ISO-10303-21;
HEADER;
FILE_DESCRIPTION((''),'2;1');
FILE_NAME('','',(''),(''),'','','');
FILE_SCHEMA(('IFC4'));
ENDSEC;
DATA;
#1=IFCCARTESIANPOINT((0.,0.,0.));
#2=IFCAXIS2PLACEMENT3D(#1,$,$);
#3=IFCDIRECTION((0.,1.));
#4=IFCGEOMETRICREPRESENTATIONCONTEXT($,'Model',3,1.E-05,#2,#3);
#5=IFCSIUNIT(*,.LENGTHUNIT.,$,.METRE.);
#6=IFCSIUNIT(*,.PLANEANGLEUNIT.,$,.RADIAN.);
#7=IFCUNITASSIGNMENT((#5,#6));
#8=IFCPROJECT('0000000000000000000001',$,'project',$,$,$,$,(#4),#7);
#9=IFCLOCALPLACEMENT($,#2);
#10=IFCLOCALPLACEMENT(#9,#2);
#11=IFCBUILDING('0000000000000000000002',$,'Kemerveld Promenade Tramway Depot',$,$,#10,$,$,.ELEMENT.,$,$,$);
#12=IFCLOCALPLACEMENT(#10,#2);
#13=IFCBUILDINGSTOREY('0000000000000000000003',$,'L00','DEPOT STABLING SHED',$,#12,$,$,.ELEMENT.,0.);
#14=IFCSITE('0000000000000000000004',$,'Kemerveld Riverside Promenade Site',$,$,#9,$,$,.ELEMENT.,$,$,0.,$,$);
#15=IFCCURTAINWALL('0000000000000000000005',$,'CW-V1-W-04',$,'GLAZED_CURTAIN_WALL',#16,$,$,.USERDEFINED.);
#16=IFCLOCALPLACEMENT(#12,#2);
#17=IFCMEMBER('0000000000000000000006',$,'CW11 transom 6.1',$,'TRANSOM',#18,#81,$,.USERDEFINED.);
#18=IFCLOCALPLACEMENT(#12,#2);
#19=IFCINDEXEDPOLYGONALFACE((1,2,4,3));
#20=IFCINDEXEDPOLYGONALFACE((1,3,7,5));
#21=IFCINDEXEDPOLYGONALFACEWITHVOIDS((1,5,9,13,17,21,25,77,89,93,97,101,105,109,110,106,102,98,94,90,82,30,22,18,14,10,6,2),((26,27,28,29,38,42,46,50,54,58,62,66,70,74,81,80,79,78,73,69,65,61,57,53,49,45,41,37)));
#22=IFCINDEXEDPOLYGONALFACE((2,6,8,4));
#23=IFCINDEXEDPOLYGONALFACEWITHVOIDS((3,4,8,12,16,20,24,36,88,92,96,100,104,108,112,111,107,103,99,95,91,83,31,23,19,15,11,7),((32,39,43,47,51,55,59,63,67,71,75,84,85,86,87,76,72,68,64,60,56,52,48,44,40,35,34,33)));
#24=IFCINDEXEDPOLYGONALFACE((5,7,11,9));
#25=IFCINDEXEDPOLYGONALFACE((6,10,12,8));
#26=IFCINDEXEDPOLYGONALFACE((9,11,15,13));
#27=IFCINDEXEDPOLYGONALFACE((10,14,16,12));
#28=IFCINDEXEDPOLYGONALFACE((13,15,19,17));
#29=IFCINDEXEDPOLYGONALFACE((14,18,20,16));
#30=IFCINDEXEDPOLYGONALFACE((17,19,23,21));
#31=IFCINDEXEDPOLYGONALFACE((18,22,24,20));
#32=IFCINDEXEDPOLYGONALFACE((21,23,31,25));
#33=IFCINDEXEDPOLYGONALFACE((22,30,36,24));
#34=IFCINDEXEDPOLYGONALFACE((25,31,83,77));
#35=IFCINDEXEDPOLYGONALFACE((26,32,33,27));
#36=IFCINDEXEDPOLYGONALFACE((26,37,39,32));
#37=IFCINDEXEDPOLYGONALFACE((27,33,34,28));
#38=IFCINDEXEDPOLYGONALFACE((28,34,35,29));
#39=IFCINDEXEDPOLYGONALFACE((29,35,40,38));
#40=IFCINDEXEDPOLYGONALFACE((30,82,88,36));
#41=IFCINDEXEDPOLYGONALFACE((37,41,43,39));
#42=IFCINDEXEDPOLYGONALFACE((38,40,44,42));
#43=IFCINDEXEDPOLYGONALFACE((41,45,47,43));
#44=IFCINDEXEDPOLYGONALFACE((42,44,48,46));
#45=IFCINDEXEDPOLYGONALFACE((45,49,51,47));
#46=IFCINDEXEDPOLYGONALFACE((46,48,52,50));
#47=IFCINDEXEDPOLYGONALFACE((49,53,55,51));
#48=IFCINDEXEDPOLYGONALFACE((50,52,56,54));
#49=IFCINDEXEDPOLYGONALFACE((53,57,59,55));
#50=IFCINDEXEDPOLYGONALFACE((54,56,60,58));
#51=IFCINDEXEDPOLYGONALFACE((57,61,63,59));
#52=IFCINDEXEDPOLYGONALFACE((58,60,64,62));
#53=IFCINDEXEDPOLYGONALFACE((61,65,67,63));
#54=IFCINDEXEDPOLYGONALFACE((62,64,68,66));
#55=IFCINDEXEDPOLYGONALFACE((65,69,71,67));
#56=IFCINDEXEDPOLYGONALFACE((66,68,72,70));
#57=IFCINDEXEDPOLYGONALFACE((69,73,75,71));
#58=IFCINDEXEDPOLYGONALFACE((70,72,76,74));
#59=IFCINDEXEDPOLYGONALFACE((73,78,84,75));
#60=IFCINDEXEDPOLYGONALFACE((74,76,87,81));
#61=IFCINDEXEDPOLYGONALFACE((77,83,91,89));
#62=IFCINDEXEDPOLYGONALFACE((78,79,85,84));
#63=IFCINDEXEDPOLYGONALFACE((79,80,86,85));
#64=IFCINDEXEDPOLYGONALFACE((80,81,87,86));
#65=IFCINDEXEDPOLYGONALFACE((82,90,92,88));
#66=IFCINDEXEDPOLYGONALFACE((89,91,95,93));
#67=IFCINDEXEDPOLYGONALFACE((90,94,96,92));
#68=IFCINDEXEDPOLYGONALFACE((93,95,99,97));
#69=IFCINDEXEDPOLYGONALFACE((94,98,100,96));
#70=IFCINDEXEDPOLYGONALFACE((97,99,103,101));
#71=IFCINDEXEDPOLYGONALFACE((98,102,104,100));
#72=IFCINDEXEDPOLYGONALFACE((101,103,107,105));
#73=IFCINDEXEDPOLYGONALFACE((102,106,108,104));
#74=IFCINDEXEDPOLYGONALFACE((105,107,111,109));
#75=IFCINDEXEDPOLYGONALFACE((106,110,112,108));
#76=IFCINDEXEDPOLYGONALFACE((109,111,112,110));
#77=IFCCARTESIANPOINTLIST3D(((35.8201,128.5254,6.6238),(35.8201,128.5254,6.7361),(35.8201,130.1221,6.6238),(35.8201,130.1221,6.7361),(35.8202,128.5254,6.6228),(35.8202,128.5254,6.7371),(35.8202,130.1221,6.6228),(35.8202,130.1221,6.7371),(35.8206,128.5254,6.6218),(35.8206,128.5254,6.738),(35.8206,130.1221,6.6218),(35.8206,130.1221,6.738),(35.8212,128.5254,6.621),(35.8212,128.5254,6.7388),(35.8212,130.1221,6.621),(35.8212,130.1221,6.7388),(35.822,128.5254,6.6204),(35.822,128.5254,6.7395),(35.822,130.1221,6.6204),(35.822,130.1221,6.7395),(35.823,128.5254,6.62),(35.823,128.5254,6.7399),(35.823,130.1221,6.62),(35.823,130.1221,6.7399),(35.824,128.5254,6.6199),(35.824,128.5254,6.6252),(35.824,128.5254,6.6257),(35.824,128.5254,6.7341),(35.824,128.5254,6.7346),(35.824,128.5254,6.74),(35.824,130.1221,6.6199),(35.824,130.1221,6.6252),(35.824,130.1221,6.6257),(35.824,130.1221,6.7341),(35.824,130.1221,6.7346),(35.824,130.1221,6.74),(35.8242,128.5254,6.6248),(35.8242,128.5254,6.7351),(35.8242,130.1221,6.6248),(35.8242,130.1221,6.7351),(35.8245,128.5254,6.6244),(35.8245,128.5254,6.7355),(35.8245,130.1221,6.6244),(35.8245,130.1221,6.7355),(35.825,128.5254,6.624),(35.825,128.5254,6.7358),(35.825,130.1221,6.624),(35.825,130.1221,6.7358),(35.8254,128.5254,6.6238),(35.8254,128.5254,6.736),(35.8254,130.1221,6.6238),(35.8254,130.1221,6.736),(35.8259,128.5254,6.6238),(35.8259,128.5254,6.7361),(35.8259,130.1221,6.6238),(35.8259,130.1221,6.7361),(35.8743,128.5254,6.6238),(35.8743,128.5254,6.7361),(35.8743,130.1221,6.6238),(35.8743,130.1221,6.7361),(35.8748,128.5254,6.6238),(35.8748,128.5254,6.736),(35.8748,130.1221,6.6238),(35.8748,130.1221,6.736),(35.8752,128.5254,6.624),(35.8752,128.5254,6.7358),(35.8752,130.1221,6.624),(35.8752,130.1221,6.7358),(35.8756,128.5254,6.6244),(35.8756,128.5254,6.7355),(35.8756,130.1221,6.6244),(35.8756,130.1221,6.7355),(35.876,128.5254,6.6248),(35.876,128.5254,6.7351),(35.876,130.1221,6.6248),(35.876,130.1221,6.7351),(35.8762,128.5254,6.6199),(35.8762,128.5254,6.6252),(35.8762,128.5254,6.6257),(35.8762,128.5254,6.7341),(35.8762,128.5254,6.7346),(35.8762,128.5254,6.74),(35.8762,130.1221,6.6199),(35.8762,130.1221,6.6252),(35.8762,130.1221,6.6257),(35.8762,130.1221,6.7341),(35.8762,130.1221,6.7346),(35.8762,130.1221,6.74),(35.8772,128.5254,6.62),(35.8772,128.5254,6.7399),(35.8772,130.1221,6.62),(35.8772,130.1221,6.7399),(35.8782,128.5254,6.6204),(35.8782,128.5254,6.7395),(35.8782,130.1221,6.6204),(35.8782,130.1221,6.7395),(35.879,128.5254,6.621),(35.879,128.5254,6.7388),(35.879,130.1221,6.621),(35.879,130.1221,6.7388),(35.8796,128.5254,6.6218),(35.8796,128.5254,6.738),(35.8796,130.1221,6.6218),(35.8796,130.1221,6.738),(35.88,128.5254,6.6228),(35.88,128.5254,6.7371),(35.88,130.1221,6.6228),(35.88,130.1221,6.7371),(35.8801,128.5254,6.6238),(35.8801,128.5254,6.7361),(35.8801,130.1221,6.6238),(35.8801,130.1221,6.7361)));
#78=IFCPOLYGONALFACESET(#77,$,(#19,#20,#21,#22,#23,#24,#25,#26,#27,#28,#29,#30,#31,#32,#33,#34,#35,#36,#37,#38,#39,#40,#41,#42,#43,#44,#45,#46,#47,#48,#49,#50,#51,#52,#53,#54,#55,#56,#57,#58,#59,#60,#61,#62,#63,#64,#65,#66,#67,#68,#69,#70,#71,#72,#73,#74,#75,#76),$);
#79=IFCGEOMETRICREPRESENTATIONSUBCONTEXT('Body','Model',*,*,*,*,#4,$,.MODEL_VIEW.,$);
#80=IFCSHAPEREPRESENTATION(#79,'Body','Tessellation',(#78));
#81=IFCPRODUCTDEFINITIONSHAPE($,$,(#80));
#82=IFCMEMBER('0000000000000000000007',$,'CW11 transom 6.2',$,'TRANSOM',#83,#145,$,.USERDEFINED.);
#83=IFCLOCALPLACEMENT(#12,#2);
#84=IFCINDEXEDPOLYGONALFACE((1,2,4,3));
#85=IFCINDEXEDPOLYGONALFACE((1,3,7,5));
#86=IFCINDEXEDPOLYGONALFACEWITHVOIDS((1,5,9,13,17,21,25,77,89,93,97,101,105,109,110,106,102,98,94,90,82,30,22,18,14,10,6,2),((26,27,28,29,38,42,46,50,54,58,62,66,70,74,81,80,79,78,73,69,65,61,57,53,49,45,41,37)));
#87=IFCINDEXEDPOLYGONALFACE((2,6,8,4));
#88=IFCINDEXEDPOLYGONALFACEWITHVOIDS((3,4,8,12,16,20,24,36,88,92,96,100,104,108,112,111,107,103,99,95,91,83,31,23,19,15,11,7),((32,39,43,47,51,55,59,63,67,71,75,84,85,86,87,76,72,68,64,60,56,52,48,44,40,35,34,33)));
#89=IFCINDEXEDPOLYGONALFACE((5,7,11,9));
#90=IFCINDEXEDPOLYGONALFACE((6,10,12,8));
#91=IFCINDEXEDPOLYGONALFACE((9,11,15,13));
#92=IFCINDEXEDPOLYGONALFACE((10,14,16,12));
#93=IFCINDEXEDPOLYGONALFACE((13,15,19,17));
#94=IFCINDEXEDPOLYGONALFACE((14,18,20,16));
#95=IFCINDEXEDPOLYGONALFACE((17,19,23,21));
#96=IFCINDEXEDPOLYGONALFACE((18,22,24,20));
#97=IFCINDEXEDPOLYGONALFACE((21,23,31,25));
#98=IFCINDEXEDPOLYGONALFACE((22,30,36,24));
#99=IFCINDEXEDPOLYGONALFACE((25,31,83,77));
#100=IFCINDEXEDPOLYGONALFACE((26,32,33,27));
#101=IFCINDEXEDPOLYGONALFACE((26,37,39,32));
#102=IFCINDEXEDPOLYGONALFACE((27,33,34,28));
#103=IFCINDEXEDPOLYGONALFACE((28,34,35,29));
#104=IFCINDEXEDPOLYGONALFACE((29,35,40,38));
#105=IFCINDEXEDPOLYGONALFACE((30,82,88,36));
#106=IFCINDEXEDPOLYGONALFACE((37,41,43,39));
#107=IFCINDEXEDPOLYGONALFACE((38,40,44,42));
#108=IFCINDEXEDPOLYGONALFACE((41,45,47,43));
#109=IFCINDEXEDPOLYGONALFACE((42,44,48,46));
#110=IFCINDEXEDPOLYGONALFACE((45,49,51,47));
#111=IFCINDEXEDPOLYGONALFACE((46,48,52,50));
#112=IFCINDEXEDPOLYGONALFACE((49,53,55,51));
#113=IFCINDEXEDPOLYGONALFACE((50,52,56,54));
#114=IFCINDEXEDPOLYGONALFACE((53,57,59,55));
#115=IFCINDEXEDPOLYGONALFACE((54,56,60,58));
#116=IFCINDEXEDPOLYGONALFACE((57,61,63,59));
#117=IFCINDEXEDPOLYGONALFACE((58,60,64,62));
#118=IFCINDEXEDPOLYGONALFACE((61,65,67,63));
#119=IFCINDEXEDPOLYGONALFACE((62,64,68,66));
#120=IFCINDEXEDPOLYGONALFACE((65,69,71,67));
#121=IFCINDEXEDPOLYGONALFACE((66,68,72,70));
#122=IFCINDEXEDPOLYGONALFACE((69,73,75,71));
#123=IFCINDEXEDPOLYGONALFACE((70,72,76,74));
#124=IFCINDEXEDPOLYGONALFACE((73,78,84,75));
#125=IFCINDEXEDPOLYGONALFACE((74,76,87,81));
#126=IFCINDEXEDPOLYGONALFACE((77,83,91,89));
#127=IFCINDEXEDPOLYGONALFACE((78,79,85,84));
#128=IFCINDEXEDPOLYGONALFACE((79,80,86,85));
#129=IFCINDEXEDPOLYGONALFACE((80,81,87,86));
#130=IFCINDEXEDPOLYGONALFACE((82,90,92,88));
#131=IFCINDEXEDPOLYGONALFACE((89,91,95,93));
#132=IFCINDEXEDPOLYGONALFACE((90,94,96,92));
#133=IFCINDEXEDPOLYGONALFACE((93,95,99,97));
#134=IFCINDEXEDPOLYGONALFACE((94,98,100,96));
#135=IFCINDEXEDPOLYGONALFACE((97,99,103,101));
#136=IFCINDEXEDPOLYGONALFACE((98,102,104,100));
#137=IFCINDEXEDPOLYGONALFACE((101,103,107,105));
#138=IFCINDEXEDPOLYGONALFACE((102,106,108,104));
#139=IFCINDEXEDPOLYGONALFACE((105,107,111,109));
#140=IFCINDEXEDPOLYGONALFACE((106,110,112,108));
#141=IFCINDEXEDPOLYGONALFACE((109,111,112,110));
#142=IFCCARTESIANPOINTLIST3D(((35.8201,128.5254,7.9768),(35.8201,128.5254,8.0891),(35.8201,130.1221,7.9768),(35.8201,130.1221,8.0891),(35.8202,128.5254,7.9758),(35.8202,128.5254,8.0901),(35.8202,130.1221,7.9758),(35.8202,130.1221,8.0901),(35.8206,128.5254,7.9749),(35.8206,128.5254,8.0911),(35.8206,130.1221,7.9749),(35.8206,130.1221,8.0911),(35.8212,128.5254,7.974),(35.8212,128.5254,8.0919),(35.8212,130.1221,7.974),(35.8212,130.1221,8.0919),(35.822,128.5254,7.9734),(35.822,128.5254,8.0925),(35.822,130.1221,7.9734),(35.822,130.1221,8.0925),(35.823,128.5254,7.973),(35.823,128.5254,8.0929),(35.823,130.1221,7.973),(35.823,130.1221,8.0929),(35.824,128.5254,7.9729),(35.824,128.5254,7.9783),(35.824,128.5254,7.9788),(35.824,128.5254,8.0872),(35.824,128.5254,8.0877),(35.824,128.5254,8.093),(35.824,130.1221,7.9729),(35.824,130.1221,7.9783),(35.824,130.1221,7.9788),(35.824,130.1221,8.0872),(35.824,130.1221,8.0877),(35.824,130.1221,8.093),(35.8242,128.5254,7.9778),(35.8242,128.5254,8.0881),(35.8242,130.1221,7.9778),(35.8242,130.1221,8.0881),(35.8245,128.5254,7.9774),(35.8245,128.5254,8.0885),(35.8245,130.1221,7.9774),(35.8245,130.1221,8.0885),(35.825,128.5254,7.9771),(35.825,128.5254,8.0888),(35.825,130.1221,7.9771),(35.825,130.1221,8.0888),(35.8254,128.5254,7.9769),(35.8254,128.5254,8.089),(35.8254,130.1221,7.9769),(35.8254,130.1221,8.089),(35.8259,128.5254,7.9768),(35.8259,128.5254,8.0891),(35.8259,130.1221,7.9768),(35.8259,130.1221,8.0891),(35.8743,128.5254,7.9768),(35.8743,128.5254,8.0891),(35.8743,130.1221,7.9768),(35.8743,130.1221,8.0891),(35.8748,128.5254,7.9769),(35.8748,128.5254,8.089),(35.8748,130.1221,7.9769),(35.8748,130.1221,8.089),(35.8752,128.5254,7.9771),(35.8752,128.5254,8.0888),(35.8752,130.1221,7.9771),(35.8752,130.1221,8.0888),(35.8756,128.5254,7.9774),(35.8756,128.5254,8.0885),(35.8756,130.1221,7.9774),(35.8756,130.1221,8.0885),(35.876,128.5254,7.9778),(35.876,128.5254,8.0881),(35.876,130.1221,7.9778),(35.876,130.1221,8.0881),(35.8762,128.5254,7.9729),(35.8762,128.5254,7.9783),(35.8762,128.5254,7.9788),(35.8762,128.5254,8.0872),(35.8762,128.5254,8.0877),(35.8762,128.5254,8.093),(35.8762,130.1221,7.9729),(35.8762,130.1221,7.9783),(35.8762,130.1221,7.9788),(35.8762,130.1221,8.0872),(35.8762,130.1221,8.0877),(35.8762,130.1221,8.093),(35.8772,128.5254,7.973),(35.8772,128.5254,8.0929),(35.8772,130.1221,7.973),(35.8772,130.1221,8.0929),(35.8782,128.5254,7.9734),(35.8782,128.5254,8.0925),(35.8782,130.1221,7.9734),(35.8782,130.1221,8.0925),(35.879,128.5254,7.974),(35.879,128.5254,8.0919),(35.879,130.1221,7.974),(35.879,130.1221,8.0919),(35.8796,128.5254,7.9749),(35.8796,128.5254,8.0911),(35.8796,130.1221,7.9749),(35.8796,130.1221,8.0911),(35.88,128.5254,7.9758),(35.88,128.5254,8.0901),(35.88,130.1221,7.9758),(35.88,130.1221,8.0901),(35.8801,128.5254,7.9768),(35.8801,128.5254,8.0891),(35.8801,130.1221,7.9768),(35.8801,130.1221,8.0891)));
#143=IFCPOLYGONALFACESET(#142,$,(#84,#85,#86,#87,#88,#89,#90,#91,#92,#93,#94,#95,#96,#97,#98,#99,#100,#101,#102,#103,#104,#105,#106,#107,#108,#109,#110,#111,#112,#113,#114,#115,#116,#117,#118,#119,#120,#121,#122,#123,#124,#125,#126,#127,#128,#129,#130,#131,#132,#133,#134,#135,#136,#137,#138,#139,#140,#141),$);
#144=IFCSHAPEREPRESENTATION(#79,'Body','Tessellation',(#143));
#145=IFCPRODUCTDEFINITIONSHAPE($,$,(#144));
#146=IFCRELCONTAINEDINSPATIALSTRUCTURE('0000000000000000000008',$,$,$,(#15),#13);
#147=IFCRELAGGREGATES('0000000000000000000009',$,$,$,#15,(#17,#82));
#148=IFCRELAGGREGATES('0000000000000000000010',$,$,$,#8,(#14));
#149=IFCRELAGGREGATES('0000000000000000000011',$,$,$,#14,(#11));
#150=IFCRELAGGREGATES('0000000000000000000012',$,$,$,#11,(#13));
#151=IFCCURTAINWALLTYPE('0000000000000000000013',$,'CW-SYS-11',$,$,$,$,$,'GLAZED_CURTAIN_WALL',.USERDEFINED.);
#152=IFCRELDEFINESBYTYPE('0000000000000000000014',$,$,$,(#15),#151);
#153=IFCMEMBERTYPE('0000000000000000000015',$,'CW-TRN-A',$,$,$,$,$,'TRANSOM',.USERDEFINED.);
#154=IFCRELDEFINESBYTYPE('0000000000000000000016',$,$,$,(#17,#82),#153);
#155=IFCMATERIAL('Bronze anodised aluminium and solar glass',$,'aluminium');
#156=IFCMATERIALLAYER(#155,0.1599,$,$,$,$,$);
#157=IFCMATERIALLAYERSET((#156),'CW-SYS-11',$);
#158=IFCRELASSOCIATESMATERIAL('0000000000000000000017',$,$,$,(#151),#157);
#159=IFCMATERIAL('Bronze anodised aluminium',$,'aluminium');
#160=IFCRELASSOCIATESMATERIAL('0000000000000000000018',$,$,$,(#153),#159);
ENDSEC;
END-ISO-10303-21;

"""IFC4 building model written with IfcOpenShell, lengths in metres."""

from ifc_helpers import new_model, si_unit, direction, frame, origin, origin_2d, place, context, subcontext, project, spatial, hollow_rectangle, extrude, material, layer, layer_set, material_profile, profile_set, type_object, element, aggregate, save


model = new_model("IFC4")

# Units and contexts
model_context = context("Model", 3, precision=1e-05, world=origin(), true_north=direction((0.0, 1.0)))
body_context = subcontext(model_context, "Body", "Model", "MODEL_VIEW")
ifc_project = project(units=[si_unit("LENGTHUNIT", "METRE"), si_unit("PLANEANGLEUNIT", "RADIAN")], contexts=[model_context])

# Site, building, storey
site_placement = place(None, origin())
site = spatial("IfcSite", under=ifc_project, at=site_placement, Name="Kemerveld Riverside Promenade Site", CompositionType="ELEMENT", RefElevation=0.0)
building_placement = place(site_placement, origin())
building = spatial("IfcBuilding", under=site, at=building_placement, Name="Kemerveld Promenade Tramway Depot", CompositionType="ELEMENT")
storey_placement = place(building_placement, origin())
storey = spatial("IfcBuildingStorey", under=building, at=storey_placement, Name="L00", Description="DEPOT STABLING SHED", CompositionType="ELEMENT", Elevation=0.0)

# Curtain wall
ifc_material_1 = material(Name="Bronze anodised aluminium and solar glass", Category="aluminium")
ifc_layer_1 = layer(ifc_material_1, 0.1599)
ifc_layer_set_1 = layer_set([ifc_layer_1], Name="CW-SYS-11")
curtain_wall_type_1 = type_object("IfcCurtainWallType", Name="CW-SYS-11", ElementType="GLAZED_CURTAIN_WALL", PredefinedType="USERDEFINED", material=ifc_layer_set_1)
curtain_wall_1_placement = place(storey_placement, origin())
curtain_wall_1 = element("IfcCurtainWall", 1, at=curtain_wall_1_placement, inside=storey, type_object=curtain_wall_type_1, Name="CW-V1-W-04", ObjectType="GLAZED_CURTAIN_WALL", PredefinedType="USERDEFINED")
ifc_material_2 = material(Name="Bronze anodised aluminium", Category="aluminium")

# Members
ifc_material_profile_1 = material_profile(ifc_material_2, hollow_rectangle(XDim=0.0601, YDim=0.1201, WallThickness=0.0039, InnerFilletRadius=0.002, OuterFilletRadius=0.0039, at=origin_2d()), Name="CW-TRN-120x60")
ifc_profile_set_1 = profile_set([ifc_material_profile_1], Name="Bronze anodised aluminium")
member_type_1 = type_object("IfcMemberType", Name="CW-TRN-A", ElementType="TRANSOM", PredefinedType="USERDEFINED", material=ifc_profile_set_1)
member_1_placement = place(storey_placement, frame((35.8501, 128.5254, 6.6799), z_axis=(0.0, 1.0, 0.0), x_axis=(-1.0, 0.0, 0.0)))
member_1 = element("IfcMember", 2, at=member_1_placement, type_object=member_type_1, Name="CW11 transom 6.1", ObjectType="TRANSOM", PredefinedType="USERDEFINED", context=body_context, shape_type="SweptSolid", body=[
    extrude(hollow_rectangle(XDim=0.0601, YDim=0.1201, WallThickness=0.0039, InnerFilletRadius=0.002, OuterFilletRadius=0.0039, at=origin_2d()), origin(), (0.0, 0.0, 1.0), 1.5967),
])
member_2_placement = place(storey_placement, frame((35.8501, 128.5254, 8.033), z_axis=(0.0, 1.0, 0.0), x_axis=(-1.0, 0.0, 0.0)))
member_2 = element("IfcMember", 3, at=member_2_placement, type_object=member_type_1, Name="CW11 transom 6.2", ObjectType="TRANSOM", PredefinedType="USERDEFINED", context=body_context, shape_type="SweptSolid", body=[
    extrude(hollow_rectangle(XDim=0.0601, YDim=0.1201, WallThickness=0.0039, InnerFilletRadius=0.002, OuterFilletRadius=0.0039, at=origin_2d()), origin(), (0.0, 0.0, 1.0), 1.5967),
])

aggregate(curtain_wall_1, [member_1, member_2])

save(model, "model.ifc")
